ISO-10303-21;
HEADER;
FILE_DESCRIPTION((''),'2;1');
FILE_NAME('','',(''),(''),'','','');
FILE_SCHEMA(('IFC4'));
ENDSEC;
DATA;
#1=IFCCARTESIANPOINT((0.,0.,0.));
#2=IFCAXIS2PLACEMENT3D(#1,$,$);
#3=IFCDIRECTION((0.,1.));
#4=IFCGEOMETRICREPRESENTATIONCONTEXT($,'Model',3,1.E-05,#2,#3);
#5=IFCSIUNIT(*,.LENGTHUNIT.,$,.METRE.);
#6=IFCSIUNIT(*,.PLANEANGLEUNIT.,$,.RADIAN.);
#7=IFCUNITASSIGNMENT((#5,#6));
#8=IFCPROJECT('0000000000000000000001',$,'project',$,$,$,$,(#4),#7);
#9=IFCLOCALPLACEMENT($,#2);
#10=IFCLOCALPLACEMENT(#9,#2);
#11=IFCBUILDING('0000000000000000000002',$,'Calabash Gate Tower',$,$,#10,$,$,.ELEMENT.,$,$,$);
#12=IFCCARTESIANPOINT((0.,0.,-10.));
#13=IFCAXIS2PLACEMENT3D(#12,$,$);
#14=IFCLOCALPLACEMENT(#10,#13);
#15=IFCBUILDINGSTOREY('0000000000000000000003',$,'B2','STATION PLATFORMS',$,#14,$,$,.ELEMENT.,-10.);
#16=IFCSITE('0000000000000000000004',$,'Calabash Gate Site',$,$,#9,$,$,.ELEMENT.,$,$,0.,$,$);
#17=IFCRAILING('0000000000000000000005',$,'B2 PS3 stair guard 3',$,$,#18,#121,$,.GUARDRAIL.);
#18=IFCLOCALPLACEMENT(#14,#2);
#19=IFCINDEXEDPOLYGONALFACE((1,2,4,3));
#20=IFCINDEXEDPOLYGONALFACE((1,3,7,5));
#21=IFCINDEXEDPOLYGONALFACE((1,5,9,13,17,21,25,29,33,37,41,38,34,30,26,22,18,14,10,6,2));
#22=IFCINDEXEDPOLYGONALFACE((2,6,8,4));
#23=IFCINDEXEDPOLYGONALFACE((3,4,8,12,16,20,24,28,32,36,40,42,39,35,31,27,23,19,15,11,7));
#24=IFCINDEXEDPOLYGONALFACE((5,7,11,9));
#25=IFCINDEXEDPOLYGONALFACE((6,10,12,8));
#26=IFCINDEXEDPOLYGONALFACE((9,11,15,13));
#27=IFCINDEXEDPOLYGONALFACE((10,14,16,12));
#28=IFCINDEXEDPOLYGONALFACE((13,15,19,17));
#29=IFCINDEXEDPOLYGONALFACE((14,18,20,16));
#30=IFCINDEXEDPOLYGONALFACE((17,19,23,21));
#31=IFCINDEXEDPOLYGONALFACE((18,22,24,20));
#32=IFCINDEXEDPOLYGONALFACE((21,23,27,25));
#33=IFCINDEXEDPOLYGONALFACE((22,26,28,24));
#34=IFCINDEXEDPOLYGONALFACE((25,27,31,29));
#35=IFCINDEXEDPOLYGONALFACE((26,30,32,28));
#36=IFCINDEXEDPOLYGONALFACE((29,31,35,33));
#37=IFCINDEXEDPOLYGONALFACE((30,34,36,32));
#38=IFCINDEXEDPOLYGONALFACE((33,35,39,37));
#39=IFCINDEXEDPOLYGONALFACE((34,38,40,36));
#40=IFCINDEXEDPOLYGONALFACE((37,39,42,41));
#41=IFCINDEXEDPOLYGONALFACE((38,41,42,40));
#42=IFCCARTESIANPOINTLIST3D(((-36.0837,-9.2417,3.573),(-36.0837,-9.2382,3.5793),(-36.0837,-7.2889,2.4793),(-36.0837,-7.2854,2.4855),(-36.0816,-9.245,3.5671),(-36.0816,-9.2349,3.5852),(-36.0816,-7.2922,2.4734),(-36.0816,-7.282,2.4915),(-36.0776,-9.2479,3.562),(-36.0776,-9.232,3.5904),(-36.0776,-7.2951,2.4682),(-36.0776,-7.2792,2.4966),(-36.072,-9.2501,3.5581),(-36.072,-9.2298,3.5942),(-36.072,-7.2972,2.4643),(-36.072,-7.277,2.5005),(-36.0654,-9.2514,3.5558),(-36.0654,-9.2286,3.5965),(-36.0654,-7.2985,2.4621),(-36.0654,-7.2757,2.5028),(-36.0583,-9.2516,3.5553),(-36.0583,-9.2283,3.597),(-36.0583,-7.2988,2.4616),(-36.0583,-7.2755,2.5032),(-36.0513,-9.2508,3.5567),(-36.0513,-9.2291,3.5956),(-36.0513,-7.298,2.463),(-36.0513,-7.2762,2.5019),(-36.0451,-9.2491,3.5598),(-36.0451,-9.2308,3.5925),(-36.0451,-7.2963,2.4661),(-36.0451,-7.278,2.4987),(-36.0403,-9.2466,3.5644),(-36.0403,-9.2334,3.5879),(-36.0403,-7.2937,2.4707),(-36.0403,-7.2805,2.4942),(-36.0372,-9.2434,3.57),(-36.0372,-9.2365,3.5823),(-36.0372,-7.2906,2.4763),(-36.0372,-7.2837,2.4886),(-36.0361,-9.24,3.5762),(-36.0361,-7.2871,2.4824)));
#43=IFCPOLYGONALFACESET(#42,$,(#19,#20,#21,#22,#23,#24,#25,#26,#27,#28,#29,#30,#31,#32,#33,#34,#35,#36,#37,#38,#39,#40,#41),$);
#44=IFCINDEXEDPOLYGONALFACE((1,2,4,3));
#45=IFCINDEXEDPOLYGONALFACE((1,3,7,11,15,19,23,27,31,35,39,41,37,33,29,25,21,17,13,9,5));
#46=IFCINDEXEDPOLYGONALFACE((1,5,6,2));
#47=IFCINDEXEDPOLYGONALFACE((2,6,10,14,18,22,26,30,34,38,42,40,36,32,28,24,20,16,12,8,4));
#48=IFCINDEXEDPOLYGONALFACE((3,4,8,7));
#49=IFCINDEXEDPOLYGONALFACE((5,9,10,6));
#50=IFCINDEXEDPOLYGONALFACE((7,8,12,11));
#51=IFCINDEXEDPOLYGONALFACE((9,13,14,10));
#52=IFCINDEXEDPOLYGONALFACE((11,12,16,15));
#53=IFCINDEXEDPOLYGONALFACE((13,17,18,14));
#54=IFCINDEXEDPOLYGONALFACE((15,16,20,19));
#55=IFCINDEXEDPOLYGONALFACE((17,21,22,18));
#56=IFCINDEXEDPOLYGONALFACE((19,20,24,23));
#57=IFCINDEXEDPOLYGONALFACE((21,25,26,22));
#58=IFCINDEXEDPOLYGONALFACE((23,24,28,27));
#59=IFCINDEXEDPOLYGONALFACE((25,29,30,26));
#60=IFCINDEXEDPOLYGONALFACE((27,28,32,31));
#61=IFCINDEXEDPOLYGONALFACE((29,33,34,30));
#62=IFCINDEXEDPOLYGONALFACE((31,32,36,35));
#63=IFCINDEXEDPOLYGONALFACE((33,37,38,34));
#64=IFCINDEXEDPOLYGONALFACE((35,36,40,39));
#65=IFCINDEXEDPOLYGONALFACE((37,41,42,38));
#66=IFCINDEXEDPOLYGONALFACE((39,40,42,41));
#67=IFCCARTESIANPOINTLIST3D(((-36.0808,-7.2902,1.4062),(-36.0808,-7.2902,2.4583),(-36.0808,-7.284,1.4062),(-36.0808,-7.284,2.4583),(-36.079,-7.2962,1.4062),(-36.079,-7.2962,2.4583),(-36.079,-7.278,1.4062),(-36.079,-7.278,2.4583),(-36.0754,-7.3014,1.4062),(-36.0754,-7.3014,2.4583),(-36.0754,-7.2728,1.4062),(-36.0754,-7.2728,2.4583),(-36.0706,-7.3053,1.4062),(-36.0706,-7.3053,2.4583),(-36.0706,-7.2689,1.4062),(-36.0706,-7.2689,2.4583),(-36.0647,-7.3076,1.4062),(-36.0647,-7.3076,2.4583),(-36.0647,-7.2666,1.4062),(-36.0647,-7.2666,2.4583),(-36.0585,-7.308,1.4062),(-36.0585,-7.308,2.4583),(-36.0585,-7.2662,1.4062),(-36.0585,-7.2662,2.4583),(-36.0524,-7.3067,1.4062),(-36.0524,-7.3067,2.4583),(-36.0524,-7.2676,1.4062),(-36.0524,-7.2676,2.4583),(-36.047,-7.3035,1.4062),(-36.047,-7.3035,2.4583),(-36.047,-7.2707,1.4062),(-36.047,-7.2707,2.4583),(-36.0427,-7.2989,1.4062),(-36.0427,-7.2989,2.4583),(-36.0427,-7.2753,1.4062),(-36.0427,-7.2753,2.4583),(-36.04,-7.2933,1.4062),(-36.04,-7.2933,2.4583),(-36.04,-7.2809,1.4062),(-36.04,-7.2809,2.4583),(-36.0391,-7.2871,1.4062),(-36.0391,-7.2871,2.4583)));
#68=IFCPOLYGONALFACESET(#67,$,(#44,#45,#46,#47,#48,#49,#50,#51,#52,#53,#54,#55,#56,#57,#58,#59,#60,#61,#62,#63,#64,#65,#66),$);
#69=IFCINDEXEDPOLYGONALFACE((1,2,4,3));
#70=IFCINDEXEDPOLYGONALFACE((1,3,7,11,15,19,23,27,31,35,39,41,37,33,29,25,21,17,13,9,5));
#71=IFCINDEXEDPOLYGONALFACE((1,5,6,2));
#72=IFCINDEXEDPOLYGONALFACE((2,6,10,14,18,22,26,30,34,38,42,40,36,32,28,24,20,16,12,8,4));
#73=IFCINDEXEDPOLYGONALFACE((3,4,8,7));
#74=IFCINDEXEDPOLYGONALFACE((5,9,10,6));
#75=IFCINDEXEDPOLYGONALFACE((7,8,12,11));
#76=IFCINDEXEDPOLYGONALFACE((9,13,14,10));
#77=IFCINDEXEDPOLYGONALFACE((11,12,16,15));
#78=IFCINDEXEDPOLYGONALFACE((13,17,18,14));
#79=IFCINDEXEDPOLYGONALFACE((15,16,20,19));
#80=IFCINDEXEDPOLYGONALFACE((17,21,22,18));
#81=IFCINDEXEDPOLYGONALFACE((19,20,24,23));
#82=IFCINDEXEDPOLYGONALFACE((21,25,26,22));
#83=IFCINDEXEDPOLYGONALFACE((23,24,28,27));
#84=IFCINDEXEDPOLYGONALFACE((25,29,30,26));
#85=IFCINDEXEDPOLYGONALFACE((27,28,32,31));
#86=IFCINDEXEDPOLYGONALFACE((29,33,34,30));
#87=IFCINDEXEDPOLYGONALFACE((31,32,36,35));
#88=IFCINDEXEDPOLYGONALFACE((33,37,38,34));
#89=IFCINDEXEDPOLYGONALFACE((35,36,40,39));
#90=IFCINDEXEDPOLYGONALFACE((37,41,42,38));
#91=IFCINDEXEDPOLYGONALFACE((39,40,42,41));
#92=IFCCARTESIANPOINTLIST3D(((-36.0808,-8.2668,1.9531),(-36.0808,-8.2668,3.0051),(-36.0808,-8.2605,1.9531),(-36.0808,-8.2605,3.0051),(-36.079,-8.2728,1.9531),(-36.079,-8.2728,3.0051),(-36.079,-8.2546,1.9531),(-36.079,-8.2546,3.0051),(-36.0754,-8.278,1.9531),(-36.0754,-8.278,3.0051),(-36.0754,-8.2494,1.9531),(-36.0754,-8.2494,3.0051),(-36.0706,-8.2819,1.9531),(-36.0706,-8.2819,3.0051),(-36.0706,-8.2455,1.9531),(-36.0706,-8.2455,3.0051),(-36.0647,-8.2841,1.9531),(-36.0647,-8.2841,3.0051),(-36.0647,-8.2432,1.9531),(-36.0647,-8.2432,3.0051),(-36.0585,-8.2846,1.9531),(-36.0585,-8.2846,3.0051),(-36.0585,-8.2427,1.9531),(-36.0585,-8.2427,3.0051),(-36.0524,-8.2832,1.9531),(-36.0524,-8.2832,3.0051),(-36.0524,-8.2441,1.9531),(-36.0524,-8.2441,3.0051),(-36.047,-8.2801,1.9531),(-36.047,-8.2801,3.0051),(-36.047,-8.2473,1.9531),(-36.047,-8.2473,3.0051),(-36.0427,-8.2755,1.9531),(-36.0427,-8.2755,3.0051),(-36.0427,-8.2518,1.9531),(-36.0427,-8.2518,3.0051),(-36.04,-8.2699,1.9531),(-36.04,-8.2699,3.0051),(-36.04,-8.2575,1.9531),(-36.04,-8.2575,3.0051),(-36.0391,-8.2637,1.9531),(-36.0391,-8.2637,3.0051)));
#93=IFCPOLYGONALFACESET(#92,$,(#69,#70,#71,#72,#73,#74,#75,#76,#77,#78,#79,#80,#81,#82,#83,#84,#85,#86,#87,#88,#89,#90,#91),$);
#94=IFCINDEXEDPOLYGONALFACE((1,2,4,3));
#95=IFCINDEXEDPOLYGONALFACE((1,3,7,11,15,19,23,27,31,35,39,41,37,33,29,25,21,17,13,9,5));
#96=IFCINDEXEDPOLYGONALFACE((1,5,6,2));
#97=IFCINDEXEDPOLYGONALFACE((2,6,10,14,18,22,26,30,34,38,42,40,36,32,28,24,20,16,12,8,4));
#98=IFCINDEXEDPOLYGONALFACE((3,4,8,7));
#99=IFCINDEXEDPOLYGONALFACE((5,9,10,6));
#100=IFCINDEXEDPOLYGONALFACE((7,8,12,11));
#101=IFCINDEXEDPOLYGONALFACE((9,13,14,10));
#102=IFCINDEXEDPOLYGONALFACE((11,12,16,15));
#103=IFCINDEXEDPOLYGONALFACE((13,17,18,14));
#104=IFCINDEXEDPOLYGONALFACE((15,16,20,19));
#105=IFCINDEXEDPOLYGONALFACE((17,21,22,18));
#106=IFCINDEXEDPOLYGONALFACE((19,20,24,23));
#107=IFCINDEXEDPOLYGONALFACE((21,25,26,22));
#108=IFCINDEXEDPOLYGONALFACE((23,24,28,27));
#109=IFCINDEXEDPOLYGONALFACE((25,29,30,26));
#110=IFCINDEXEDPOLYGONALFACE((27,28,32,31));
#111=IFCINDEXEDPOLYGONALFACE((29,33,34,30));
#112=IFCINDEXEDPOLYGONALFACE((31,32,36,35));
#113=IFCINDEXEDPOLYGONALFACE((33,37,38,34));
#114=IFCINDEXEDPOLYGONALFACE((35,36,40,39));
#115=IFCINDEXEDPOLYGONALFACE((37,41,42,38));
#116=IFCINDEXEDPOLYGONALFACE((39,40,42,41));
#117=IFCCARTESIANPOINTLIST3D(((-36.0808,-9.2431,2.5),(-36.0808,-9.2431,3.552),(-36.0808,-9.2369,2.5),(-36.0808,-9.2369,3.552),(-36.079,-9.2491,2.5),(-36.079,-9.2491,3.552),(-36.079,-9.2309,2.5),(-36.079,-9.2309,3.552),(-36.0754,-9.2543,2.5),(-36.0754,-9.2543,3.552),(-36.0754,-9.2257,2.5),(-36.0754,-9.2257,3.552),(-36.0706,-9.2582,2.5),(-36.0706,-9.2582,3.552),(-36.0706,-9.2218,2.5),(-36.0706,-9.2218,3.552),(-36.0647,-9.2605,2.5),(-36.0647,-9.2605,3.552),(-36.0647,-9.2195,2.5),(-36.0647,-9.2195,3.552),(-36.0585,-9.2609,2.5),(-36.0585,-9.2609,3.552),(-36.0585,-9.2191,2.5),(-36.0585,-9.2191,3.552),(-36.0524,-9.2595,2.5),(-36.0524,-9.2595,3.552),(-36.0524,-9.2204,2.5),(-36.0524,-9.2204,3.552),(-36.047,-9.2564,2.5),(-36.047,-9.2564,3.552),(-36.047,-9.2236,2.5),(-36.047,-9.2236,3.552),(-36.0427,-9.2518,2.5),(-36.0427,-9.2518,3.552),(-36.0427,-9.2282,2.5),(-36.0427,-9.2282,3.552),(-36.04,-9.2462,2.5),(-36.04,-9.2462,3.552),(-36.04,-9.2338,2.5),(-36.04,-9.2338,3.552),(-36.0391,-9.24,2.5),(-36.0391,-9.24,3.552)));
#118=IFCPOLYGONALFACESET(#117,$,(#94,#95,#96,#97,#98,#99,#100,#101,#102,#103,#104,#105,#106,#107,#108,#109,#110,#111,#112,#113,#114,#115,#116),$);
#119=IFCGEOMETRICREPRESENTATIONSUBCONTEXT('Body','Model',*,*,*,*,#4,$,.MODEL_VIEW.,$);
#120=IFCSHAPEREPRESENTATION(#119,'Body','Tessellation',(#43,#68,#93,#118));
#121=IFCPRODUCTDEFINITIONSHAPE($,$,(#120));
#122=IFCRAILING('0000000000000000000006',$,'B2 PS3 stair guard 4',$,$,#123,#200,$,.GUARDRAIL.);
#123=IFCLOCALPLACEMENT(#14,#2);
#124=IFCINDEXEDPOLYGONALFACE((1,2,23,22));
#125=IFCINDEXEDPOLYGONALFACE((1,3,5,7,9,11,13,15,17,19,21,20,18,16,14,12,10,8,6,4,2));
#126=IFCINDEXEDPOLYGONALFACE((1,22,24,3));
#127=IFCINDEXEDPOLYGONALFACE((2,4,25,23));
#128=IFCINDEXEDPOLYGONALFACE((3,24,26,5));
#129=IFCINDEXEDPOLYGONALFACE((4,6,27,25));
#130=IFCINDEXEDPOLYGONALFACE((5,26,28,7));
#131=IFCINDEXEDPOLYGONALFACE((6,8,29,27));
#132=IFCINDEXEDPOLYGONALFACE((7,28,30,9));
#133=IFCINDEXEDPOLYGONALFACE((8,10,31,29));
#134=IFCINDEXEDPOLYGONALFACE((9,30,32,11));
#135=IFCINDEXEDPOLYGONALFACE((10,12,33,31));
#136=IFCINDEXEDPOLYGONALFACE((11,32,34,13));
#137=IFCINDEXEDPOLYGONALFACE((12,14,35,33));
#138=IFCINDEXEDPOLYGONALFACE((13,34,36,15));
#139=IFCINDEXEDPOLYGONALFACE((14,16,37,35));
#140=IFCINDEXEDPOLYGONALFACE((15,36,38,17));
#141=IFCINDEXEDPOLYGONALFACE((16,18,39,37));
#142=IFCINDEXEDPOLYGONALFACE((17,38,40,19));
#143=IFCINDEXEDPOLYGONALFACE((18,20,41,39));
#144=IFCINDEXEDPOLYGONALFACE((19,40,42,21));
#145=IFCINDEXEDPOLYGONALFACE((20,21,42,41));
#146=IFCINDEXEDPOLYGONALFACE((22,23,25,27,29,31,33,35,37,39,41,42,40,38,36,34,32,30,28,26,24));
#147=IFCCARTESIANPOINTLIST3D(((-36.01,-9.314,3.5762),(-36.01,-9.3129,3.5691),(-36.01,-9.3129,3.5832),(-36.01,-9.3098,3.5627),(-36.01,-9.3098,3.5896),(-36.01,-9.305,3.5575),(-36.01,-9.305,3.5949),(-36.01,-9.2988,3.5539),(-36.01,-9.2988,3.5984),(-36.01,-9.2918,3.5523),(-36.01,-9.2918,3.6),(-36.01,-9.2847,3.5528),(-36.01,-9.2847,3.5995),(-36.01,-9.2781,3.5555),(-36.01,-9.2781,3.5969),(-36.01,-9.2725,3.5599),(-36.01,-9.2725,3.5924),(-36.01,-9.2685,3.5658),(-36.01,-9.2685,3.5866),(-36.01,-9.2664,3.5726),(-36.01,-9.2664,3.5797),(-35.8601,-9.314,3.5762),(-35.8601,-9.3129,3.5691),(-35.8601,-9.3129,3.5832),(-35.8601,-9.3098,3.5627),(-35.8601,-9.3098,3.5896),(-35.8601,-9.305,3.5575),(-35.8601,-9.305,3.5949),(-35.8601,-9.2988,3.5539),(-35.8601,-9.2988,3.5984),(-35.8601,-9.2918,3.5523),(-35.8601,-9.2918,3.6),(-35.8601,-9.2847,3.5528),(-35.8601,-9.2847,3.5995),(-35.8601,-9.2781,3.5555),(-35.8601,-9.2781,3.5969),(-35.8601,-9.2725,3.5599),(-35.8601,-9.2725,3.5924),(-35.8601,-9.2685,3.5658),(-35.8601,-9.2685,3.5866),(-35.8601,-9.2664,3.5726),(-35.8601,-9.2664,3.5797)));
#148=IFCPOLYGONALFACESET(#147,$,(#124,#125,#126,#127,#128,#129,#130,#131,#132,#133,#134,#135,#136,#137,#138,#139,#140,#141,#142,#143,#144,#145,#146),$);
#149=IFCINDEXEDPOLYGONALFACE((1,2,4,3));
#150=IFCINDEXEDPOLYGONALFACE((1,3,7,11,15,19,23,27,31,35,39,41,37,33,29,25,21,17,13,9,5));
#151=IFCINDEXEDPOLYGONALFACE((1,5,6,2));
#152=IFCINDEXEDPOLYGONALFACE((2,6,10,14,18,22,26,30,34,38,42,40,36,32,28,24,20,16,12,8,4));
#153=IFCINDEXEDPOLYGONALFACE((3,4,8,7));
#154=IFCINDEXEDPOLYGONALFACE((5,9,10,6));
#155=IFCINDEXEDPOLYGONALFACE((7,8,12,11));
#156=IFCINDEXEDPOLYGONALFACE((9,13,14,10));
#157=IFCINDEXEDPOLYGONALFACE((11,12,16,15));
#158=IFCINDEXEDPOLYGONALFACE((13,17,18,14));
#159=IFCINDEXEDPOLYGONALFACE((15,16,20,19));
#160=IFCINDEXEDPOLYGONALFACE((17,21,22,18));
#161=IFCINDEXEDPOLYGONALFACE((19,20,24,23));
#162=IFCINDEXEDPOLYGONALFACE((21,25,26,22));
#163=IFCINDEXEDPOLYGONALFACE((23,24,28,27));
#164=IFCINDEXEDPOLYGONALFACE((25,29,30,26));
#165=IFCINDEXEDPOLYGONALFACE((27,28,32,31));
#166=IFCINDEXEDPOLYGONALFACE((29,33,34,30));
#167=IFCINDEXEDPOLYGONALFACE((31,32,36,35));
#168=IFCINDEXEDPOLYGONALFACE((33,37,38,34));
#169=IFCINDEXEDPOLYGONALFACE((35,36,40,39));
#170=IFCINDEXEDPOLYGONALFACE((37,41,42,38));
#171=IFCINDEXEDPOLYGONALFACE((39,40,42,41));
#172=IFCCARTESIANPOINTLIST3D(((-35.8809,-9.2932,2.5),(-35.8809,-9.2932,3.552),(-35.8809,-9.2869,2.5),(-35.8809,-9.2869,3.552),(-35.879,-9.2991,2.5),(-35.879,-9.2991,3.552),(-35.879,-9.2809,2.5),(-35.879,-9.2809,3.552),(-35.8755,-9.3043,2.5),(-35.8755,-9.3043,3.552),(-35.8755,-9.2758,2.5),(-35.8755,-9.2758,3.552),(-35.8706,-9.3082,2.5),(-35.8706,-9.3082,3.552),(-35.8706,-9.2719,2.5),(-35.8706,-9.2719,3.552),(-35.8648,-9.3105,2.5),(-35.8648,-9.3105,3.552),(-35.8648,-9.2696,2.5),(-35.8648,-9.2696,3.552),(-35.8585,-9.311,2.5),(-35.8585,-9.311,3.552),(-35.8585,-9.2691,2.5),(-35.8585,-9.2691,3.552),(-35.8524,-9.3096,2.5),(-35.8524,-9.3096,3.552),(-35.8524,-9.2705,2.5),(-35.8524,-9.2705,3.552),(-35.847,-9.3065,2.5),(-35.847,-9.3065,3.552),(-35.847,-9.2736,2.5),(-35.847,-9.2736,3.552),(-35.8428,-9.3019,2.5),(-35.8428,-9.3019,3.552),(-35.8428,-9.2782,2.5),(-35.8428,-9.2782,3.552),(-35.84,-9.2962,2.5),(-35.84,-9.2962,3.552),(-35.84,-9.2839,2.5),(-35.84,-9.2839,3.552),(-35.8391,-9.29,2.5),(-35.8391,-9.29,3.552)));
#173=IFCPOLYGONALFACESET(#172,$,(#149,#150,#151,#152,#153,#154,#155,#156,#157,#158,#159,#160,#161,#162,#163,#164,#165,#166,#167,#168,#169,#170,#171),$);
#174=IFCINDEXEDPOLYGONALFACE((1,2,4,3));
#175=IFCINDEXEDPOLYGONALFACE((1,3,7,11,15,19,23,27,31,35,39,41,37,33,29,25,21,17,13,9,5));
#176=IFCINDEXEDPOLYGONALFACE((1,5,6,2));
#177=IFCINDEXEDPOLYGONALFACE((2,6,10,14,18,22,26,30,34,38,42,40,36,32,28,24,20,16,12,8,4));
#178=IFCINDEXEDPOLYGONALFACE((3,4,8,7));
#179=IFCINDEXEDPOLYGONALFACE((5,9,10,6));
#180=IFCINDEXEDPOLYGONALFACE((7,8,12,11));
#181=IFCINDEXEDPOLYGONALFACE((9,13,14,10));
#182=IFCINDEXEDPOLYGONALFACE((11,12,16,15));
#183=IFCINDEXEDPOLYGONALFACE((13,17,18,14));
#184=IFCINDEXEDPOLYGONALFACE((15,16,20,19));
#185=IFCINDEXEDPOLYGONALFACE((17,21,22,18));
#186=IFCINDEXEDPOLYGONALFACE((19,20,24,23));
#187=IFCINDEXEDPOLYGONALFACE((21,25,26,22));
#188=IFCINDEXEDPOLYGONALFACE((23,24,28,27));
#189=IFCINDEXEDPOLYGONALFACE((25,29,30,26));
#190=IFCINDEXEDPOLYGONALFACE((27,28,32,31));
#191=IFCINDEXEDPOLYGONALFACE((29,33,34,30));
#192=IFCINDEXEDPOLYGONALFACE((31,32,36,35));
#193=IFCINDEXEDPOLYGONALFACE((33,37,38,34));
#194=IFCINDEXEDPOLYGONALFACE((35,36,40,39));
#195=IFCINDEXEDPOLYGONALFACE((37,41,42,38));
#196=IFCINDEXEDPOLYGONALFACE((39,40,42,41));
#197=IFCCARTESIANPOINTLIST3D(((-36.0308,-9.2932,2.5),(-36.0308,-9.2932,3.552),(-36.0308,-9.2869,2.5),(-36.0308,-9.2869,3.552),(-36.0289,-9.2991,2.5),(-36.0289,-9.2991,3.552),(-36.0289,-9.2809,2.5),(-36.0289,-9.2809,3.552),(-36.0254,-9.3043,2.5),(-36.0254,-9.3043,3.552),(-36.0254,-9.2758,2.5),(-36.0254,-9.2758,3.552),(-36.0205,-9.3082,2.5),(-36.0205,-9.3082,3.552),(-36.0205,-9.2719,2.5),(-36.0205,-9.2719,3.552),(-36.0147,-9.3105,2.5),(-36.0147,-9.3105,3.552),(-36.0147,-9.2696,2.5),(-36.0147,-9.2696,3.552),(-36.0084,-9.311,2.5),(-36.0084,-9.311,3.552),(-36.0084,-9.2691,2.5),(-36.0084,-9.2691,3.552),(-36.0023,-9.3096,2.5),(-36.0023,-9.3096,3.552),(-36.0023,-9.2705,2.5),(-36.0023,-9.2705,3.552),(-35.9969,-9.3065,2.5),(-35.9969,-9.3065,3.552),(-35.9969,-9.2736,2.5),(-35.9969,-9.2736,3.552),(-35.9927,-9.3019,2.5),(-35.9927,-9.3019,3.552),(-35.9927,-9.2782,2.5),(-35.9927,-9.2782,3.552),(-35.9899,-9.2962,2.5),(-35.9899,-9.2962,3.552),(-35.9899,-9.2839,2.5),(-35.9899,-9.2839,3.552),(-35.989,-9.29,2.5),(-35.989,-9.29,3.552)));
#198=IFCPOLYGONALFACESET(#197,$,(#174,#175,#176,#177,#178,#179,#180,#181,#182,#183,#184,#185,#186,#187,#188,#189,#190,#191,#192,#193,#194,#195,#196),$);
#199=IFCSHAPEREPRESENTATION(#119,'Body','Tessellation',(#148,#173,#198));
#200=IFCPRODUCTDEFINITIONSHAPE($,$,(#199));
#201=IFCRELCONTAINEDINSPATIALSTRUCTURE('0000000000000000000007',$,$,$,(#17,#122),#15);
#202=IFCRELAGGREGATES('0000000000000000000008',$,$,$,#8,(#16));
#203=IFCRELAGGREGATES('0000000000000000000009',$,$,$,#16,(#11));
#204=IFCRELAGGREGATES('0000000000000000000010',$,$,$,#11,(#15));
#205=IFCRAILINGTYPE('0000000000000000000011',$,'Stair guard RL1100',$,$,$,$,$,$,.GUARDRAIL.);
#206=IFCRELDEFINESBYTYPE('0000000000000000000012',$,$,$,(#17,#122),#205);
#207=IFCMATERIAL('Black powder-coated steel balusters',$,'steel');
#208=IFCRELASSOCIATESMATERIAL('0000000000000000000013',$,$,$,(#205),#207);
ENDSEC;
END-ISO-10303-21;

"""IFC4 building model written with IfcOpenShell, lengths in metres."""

from ifc_helpers import new_model, si_unit, direction, frame, origin, origin_2d, place, context, subcontext, project, spatial, circle, extrude, material, type_object, element, save


model = new_model("IFC4")

# Units and contexts
model_context = context("Model", 3, precision=1e-05, world=origin(), true_north=direction((0.0, 1.0)))
body_context = subcontext(model_context, "Body", "Model", "MODEL_VIEW")
ifc_project = project(units=[si_unit("LENGTHUNIT", "METRE"), si_unit("PLANEANGLEUNIT", "RADIAN")], contexts=[model_context])

# Site, building, storey
site_placement = place(None, origin())
site = spatial("IfcSite", under=ifc_project, at=site_placement, Name="Calabash Gate Site", CompositionType="ELEMENT", RefElevation=0.0)
building_placement = place(site_placement, origin())
building = spatial("IfcBuilding", under=site, at=building_placement, Name="Calabash Gate Tower", CompositionType="ELEMENT")
storey_placement = place(building_placement, frame((0.0, 0.0, -10.0)))
storey = spatial("IfcBuildingStorey", under=building, at=storey_placement, Name="B2", Description="STATION PLATFORMS", CompositionType="ELEMENT", Elevation=-10.0)

# Railings
ifc_material_1 = material(Name="Black powder-coated steel balusters", Category="steel")
railing_type_1 = type_object("IfcRailingType", Name="Stair guard RL1100", PredefinedType="GUARDRAIL", material=ifc_material_1)
railing_1_placement = place(storey_placement, frame((-36.0601, -7.2871, 1.4062)))
element("IfcRailing", 1, at=railing_1_placement, inside=storey, type_object=railing_type_1, Name="B2 PS3 stair guard 3", PredefinedType="GUARDRAIL", context=body_context, shape_type="SweptSolid", body=[
    extrude(circle(Radius=0.0239, at=origin_2d()), frame((0.0, 0.0, 1.0762), z_axis=(0.0, -0.87248, 0.48865), x_axis=(1.0, 0.0, 0.0)), (0.0, 0.0, 1.0), 2.2383),
    extrude(circle(Radius=0.021, at=origin_2d()), origin(), (0.0, 0.0, 1.0), 1.052),
    extrude(circle(Radius=0.021, at=origin_2d()), frame((0.0, -0.9766, 0.5469)), (0.0, 0.0, 1.0), 1.052),
    extrude(circle(Radius=0.021, at=origin_2d()), frame((0.0, -1.9529, 1.0938)), (0.0, 0.0, 1.0), 1.052),
])
for number, where, name in (
    (2, (-35.8601, -9.29, 2.5), "B2 PS3 stair guard 4"),
):
    element("IfcRailing", number, at=place(storey_placement, frame(where)), inside=storey, type_object=railing_type_1, Name=name, PredefinedType="GUARDRAIL", context=body_context, shape_type="SweptSolid", body=[
        extrude(circle(Radius=0.0239, at=origin_2d()), frame((0.0, 0.0, 1.0762), z_axis=(-1.0, 0.0, 0.0), x_axis=(0.0, -1.0, 0.0)), (0.0, 0.0, 1.0), 0.1499),
        extrude(circle(Radius=0.021, at=origin_2d()), origin(), (0.0, 0.0, 1.0), 1.052),
        extrude(circle(Radius=0.021, at=origin_2d()), frame((-0.1499, 0.0, 0.0)), (0.0, 0.0, 1.0), 1.052),
    ])

save(model, "model.ifc")
